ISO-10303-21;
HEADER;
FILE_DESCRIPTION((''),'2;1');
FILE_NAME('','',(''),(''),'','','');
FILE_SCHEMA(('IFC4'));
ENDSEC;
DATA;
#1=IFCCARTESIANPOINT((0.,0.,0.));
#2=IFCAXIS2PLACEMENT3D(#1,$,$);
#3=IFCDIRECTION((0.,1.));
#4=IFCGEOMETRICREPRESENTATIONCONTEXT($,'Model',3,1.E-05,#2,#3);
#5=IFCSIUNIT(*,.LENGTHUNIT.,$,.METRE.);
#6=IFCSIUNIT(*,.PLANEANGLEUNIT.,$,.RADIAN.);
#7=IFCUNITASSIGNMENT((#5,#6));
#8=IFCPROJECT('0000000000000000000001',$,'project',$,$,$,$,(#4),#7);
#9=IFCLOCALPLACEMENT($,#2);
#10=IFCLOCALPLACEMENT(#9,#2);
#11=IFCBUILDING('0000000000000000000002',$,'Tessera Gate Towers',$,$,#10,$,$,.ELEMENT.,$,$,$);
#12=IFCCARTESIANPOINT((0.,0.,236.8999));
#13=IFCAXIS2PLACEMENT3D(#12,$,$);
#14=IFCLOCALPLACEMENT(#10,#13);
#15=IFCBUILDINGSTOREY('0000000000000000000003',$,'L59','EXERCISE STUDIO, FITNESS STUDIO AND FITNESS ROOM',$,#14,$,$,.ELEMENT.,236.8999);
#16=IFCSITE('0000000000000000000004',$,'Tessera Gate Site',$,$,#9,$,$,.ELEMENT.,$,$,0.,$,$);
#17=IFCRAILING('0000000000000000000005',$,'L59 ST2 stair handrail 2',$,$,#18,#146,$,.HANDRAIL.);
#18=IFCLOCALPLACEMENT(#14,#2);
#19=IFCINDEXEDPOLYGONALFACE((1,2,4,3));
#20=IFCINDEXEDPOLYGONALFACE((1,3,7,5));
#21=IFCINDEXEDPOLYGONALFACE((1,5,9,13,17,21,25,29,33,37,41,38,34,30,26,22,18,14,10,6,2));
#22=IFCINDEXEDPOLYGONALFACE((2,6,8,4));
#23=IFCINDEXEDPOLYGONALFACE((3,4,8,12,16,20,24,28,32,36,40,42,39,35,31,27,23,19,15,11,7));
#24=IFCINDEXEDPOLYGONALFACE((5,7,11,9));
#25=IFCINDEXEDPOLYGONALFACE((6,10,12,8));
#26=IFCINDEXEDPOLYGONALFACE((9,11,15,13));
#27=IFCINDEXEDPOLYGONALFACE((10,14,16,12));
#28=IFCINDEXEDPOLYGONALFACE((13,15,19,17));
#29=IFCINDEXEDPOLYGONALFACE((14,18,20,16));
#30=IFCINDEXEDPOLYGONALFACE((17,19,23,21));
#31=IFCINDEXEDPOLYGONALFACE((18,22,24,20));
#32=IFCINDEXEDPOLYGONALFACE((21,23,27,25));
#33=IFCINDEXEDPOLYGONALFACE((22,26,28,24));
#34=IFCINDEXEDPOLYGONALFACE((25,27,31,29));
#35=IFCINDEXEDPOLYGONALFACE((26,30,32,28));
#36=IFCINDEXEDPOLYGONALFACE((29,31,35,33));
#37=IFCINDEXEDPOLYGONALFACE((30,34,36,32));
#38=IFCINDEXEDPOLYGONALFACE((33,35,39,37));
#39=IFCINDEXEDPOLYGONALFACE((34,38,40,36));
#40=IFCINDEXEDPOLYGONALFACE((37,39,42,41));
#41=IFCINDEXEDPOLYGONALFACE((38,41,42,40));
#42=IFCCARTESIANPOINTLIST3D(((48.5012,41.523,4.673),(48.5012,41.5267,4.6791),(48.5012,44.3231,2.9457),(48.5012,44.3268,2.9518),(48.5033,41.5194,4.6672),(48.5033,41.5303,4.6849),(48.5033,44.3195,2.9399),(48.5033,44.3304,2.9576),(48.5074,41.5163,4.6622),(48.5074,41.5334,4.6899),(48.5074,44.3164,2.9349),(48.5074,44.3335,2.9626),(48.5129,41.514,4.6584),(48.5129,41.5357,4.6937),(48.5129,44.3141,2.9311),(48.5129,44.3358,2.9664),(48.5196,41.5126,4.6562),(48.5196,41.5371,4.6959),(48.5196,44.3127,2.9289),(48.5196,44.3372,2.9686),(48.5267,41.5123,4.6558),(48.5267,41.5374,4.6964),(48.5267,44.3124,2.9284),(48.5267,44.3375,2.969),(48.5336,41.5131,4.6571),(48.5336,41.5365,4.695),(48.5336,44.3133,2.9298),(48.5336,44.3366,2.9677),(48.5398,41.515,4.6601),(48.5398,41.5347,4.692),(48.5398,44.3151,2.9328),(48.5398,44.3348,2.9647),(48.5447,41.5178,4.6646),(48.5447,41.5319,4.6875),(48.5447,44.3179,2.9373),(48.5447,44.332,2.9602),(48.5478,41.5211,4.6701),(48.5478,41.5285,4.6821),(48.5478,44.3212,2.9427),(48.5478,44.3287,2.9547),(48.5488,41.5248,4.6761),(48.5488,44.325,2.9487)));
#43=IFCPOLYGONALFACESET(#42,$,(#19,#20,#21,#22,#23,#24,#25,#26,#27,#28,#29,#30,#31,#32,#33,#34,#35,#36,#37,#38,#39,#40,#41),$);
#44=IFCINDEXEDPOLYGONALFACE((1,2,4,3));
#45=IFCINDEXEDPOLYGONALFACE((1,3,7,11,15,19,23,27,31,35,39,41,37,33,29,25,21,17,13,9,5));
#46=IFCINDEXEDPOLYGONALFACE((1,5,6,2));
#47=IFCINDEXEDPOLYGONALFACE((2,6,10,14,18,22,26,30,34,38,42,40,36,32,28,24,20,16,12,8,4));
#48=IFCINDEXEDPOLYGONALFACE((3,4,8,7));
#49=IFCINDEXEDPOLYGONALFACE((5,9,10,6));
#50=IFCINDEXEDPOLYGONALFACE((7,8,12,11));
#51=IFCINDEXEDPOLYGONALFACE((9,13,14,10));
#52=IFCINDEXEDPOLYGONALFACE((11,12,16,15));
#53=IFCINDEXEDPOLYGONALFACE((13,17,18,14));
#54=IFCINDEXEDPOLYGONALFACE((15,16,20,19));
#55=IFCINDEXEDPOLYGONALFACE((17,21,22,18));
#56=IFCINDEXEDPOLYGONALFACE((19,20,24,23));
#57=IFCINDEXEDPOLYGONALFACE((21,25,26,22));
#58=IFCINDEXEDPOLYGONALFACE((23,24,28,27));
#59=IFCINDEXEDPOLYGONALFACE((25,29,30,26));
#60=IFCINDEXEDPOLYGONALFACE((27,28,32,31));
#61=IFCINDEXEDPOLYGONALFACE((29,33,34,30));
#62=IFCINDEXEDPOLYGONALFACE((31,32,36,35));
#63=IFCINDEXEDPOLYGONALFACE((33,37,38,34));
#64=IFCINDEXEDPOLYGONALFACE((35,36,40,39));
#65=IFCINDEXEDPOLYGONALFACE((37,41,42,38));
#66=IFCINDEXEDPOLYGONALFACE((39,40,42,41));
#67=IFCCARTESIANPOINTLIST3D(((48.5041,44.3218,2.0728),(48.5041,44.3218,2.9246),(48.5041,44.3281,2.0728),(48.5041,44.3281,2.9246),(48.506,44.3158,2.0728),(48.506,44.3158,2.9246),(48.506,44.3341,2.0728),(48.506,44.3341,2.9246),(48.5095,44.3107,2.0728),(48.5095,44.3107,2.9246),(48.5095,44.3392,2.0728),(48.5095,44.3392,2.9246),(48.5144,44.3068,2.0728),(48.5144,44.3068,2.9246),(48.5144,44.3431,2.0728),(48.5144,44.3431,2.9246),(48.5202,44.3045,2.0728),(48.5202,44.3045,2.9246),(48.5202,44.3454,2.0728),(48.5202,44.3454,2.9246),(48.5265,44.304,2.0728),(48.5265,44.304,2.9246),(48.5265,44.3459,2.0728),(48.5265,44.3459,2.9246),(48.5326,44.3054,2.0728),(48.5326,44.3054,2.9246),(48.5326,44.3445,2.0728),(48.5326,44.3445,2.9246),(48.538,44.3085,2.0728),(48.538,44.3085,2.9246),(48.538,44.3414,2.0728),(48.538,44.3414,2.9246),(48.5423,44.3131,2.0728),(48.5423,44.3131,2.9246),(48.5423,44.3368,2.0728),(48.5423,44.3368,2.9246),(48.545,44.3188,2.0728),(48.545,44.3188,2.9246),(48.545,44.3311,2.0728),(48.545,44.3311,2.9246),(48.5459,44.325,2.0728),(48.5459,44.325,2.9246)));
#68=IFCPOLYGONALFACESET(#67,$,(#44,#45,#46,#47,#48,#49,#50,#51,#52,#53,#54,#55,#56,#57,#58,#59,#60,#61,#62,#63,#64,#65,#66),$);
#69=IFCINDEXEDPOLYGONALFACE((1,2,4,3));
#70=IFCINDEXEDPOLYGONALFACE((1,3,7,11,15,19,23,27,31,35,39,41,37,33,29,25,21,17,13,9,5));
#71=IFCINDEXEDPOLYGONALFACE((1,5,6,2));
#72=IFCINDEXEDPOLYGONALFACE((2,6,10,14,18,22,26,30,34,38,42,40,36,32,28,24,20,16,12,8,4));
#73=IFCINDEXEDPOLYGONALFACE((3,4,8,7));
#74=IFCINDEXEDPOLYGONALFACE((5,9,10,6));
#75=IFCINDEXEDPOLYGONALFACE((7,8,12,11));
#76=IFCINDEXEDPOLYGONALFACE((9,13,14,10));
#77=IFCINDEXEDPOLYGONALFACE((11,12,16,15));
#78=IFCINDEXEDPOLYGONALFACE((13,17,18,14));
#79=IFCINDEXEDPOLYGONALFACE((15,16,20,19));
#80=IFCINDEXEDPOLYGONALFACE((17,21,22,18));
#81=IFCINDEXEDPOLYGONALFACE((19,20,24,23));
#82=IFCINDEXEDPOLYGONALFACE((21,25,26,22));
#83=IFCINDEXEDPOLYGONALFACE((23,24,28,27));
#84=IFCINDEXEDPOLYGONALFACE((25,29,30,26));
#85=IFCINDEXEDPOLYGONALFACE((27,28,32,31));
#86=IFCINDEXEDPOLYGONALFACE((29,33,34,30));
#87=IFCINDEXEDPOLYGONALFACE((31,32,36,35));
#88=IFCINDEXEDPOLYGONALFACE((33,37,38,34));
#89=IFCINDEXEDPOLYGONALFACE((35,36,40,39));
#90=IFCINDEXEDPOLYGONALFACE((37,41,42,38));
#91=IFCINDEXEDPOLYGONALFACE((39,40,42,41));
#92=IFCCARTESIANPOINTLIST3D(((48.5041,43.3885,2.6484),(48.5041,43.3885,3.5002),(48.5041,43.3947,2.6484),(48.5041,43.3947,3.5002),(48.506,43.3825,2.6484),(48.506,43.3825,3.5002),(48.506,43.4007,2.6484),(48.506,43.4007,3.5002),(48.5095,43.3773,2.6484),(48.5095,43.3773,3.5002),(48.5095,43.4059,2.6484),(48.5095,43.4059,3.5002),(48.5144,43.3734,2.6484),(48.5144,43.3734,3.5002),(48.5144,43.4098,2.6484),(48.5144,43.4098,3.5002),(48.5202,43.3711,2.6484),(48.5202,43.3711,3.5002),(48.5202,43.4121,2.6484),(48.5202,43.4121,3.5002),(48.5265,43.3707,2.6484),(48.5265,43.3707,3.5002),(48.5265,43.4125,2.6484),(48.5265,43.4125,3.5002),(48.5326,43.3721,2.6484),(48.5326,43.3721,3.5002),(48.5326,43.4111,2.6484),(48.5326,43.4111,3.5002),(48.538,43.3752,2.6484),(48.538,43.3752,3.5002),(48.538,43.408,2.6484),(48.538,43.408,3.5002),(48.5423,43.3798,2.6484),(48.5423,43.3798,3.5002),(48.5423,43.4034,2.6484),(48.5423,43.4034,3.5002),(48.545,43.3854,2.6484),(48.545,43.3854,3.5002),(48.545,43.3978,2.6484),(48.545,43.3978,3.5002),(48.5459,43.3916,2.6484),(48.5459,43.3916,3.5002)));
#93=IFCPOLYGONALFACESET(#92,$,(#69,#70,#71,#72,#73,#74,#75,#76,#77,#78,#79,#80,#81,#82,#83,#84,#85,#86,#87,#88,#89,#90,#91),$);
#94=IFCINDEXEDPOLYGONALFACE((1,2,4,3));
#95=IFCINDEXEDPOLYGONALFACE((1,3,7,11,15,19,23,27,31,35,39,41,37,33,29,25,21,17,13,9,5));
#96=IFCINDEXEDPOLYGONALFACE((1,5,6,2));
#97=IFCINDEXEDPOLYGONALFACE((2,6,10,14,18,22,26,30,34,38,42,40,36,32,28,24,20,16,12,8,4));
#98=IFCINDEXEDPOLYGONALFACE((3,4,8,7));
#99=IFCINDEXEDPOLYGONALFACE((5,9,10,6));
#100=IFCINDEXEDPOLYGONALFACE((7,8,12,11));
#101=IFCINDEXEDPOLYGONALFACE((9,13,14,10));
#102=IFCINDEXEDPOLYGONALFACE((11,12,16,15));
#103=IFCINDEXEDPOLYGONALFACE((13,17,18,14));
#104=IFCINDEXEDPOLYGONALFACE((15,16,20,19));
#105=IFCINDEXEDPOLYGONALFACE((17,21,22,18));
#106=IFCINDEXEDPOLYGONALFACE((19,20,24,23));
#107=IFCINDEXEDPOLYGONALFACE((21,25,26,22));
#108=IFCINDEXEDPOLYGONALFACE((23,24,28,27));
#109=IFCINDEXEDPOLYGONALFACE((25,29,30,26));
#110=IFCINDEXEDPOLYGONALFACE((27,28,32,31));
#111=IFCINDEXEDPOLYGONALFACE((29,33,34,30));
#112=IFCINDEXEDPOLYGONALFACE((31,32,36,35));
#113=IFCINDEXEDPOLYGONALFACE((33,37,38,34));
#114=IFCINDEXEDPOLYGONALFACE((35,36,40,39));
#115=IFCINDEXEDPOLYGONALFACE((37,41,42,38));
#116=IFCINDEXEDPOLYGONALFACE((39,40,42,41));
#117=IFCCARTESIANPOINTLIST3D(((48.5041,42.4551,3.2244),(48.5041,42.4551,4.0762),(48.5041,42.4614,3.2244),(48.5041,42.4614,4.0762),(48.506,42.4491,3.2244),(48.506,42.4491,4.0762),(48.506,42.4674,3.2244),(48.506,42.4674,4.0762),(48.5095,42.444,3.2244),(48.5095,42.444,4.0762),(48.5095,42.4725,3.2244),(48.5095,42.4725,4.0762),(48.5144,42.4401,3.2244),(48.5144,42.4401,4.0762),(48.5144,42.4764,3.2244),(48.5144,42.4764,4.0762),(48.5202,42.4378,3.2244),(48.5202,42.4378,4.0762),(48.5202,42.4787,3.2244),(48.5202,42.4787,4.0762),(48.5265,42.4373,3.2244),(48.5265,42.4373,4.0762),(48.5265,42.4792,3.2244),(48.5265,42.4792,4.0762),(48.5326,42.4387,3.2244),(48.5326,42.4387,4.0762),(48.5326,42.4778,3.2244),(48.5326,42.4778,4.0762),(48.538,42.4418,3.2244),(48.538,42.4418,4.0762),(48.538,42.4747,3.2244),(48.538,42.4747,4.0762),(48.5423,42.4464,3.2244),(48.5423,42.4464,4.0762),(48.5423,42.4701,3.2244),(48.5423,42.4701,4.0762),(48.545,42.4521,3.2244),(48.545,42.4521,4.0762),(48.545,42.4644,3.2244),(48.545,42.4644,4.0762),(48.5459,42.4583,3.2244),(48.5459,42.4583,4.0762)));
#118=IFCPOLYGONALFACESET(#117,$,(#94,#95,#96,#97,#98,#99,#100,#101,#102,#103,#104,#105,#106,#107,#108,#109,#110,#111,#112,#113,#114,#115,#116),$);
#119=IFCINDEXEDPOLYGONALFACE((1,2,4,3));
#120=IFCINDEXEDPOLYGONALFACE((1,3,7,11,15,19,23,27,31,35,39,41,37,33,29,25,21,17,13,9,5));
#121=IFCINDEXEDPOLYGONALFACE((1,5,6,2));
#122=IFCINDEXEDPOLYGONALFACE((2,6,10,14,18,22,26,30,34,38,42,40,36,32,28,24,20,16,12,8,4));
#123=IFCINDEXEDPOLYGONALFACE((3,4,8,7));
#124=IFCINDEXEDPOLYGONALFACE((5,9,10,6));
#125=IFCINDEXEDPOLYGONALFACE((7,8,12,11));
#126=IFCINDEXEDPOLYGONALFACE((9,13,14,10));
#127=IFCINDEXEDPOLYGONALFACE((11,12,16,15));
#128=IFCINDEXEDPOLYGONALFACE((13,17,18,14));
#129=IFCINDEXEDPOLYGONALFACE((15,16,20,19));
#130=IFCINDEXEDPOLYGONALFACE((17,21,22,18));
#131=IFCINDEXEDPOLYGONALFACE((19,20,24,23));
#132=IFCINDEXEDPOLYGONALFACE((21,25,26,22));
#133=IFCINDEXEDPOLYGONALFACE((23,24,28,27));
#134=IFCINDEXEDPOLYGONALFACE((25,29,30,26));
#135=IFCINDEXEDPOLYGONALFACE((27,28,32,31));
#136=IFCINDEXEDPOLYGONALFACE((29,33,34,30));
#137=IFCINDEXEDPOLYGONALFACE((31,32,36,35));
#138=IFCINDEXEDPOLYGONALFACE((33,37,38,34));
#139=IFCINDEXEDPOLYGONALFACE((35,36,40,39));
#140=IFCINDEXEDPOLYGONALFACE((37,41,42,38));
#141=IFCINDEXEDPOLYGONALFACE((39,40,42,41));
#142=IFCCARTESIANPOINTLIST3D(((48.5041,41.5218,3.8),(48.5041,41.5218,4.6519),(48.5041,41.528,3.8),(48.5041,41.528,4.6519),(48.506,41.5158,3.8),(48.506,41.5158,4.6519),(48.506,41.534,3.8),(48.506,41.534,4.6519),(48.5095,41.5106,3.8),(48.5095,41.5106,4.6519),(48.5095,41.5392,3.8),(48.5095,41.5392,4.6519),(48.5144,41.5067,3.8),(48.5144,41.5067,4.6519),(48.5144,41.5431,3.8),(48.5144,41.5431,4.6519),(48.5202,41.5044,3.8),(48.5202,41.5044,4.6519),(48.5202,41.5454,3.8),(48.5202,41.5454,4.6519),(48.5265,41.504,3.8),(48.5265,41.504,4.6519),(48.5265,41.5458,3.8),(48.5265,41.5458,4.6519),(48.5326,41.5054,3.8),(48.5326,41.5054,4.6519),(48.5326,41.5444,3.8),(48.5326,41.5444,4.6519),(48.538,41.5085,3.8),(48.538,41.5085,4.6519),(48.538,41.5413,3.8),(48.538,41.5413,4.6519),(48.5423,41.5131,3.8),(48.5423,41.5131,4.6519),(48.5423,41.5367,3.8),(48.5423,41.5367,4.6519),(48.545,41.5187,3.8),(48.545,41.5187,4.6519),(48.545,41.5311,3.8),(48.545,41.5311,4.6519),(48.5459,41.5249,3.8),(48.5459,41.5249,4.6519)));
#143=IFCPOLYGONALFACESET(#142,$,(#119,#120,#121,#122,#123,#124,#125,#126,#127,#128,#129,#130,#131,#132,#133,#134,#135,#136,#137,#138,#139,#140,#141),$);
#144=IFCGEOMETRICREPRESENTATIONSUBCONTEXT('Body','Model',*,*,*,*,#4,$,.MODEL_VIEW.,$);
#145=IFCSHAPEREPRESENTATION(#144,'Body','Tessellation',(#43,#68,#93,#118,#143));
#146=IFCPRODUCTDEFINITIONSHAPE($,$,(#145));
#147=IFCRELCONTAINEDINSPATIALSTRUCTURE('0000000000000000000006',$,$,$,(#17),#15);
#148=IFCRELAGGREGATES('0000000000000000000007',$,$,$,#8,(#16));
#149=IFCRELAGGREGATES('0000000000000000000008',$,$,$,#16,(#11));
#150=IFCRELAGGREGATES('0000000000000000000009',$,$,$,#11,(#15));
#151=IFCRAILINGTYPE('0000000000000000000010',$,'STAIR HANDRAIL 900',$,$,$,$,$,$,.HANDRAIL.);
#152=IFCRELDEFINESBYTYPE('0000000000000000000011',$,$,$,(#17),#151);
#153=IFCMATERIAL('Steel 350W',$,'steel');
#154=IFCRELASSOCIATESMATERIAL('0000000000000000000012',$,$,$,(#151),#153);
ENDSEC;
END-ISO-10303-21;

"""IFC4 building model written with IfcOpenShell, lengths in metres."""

from ifc_helpers import new_model, si_unit, direction, frame, origin, origin_2d, place, context, subcontext, project, spatial, circle, extrude, material, type_object, element, save


model = new_model("IFC4")

# Units and contexts
model_context = context("Model", 3, precision=1e-05, world=origin(), true_north=direction((0.0, 1.0)))
body_context = subcontext(model_context, "Body", "Model", "MODEL_VIEW")
ifc_project = project(units=[si_unit("LENGTHUNIT", "METRE"), si_unit("PLANEANGLEUNIT", "RADIAN")], contexts=[model_context])

# Site, building, storey
site_placement = place(None, origin())
site = spatial("IfcSite", under=ifc_project, at=site_placement, Name="Tessera Gate Site", CompositionType="ELEMENT", RefElevation=0.0)
building_placement = place(site_placement, origin())
building = spatial("IfcBuilding", under=site, at=building_placement, Name="Tessera Gate Towers", CompositionType="ELEMENT")
storey_placement = place(building_placement, frame((0.0, 0.0, 236.8999)))
storey = spatial("IfcBuildingStorey", under=building, at=storey_placement, Name="L59", Description="EXERCISE STUDIO, FITNESS STUDIO AND FITNESS ROOM", CompositionType="ELEMENT", Elevation=236.8999)

# Railing
ifc_material_1 = material(Name="Steel 350W", Category="steel")
railing_type_1 = type_object("IfcRailingType", Name="STAIR HANDRAIL 900", PredefinedType="HANDRAIL", material=ifc_material_1)
railing_1_placement = place(storey_placement, frame((48.5249, 44.325, 2.0728)))
element("IfcRailing", 1, at=railing_1_placement, inside=storey, type_object=railing_type_1, Name="L59 ST2 stair handrail 2", PredefinedType="HANDRAIL", context=body_context, shape_type="SweptSolid", body=[
    extrude(circle(Radius=0.0239, at=origin_2d()), frame((0.0, 0.0, 0.876), z_axis=(0.0, -0.85109, 0.52502), x_axis=(1.0, 0.0, 0.0)), (0.0, 0.0, 1.0), 3.29),
    extrude(circle(Radius=0.021, at=origin_2d()), origin(), (0.0, 0.0, 1.0), 0.8518),
    extrude(circle(Radius=0.021, at=origin_2d()), frame((0.0, -0.9333, 0.5757)), (0.0, 0.0, 1.0), 0.8518),
    extrude(circle(Radius=0.021, at=origin_2d()), frame((0.0, -1.8667, 1.1516)), (0.0, 0.0, 1.0), 0.8518),
    extrude(circle(Radius=0.021, at=origin_2d()), frame((0.0, -2.8, 1.7273)), (0.0, 0.0, 1.0), 0.8518),
])

save(model, "model.ifc")
